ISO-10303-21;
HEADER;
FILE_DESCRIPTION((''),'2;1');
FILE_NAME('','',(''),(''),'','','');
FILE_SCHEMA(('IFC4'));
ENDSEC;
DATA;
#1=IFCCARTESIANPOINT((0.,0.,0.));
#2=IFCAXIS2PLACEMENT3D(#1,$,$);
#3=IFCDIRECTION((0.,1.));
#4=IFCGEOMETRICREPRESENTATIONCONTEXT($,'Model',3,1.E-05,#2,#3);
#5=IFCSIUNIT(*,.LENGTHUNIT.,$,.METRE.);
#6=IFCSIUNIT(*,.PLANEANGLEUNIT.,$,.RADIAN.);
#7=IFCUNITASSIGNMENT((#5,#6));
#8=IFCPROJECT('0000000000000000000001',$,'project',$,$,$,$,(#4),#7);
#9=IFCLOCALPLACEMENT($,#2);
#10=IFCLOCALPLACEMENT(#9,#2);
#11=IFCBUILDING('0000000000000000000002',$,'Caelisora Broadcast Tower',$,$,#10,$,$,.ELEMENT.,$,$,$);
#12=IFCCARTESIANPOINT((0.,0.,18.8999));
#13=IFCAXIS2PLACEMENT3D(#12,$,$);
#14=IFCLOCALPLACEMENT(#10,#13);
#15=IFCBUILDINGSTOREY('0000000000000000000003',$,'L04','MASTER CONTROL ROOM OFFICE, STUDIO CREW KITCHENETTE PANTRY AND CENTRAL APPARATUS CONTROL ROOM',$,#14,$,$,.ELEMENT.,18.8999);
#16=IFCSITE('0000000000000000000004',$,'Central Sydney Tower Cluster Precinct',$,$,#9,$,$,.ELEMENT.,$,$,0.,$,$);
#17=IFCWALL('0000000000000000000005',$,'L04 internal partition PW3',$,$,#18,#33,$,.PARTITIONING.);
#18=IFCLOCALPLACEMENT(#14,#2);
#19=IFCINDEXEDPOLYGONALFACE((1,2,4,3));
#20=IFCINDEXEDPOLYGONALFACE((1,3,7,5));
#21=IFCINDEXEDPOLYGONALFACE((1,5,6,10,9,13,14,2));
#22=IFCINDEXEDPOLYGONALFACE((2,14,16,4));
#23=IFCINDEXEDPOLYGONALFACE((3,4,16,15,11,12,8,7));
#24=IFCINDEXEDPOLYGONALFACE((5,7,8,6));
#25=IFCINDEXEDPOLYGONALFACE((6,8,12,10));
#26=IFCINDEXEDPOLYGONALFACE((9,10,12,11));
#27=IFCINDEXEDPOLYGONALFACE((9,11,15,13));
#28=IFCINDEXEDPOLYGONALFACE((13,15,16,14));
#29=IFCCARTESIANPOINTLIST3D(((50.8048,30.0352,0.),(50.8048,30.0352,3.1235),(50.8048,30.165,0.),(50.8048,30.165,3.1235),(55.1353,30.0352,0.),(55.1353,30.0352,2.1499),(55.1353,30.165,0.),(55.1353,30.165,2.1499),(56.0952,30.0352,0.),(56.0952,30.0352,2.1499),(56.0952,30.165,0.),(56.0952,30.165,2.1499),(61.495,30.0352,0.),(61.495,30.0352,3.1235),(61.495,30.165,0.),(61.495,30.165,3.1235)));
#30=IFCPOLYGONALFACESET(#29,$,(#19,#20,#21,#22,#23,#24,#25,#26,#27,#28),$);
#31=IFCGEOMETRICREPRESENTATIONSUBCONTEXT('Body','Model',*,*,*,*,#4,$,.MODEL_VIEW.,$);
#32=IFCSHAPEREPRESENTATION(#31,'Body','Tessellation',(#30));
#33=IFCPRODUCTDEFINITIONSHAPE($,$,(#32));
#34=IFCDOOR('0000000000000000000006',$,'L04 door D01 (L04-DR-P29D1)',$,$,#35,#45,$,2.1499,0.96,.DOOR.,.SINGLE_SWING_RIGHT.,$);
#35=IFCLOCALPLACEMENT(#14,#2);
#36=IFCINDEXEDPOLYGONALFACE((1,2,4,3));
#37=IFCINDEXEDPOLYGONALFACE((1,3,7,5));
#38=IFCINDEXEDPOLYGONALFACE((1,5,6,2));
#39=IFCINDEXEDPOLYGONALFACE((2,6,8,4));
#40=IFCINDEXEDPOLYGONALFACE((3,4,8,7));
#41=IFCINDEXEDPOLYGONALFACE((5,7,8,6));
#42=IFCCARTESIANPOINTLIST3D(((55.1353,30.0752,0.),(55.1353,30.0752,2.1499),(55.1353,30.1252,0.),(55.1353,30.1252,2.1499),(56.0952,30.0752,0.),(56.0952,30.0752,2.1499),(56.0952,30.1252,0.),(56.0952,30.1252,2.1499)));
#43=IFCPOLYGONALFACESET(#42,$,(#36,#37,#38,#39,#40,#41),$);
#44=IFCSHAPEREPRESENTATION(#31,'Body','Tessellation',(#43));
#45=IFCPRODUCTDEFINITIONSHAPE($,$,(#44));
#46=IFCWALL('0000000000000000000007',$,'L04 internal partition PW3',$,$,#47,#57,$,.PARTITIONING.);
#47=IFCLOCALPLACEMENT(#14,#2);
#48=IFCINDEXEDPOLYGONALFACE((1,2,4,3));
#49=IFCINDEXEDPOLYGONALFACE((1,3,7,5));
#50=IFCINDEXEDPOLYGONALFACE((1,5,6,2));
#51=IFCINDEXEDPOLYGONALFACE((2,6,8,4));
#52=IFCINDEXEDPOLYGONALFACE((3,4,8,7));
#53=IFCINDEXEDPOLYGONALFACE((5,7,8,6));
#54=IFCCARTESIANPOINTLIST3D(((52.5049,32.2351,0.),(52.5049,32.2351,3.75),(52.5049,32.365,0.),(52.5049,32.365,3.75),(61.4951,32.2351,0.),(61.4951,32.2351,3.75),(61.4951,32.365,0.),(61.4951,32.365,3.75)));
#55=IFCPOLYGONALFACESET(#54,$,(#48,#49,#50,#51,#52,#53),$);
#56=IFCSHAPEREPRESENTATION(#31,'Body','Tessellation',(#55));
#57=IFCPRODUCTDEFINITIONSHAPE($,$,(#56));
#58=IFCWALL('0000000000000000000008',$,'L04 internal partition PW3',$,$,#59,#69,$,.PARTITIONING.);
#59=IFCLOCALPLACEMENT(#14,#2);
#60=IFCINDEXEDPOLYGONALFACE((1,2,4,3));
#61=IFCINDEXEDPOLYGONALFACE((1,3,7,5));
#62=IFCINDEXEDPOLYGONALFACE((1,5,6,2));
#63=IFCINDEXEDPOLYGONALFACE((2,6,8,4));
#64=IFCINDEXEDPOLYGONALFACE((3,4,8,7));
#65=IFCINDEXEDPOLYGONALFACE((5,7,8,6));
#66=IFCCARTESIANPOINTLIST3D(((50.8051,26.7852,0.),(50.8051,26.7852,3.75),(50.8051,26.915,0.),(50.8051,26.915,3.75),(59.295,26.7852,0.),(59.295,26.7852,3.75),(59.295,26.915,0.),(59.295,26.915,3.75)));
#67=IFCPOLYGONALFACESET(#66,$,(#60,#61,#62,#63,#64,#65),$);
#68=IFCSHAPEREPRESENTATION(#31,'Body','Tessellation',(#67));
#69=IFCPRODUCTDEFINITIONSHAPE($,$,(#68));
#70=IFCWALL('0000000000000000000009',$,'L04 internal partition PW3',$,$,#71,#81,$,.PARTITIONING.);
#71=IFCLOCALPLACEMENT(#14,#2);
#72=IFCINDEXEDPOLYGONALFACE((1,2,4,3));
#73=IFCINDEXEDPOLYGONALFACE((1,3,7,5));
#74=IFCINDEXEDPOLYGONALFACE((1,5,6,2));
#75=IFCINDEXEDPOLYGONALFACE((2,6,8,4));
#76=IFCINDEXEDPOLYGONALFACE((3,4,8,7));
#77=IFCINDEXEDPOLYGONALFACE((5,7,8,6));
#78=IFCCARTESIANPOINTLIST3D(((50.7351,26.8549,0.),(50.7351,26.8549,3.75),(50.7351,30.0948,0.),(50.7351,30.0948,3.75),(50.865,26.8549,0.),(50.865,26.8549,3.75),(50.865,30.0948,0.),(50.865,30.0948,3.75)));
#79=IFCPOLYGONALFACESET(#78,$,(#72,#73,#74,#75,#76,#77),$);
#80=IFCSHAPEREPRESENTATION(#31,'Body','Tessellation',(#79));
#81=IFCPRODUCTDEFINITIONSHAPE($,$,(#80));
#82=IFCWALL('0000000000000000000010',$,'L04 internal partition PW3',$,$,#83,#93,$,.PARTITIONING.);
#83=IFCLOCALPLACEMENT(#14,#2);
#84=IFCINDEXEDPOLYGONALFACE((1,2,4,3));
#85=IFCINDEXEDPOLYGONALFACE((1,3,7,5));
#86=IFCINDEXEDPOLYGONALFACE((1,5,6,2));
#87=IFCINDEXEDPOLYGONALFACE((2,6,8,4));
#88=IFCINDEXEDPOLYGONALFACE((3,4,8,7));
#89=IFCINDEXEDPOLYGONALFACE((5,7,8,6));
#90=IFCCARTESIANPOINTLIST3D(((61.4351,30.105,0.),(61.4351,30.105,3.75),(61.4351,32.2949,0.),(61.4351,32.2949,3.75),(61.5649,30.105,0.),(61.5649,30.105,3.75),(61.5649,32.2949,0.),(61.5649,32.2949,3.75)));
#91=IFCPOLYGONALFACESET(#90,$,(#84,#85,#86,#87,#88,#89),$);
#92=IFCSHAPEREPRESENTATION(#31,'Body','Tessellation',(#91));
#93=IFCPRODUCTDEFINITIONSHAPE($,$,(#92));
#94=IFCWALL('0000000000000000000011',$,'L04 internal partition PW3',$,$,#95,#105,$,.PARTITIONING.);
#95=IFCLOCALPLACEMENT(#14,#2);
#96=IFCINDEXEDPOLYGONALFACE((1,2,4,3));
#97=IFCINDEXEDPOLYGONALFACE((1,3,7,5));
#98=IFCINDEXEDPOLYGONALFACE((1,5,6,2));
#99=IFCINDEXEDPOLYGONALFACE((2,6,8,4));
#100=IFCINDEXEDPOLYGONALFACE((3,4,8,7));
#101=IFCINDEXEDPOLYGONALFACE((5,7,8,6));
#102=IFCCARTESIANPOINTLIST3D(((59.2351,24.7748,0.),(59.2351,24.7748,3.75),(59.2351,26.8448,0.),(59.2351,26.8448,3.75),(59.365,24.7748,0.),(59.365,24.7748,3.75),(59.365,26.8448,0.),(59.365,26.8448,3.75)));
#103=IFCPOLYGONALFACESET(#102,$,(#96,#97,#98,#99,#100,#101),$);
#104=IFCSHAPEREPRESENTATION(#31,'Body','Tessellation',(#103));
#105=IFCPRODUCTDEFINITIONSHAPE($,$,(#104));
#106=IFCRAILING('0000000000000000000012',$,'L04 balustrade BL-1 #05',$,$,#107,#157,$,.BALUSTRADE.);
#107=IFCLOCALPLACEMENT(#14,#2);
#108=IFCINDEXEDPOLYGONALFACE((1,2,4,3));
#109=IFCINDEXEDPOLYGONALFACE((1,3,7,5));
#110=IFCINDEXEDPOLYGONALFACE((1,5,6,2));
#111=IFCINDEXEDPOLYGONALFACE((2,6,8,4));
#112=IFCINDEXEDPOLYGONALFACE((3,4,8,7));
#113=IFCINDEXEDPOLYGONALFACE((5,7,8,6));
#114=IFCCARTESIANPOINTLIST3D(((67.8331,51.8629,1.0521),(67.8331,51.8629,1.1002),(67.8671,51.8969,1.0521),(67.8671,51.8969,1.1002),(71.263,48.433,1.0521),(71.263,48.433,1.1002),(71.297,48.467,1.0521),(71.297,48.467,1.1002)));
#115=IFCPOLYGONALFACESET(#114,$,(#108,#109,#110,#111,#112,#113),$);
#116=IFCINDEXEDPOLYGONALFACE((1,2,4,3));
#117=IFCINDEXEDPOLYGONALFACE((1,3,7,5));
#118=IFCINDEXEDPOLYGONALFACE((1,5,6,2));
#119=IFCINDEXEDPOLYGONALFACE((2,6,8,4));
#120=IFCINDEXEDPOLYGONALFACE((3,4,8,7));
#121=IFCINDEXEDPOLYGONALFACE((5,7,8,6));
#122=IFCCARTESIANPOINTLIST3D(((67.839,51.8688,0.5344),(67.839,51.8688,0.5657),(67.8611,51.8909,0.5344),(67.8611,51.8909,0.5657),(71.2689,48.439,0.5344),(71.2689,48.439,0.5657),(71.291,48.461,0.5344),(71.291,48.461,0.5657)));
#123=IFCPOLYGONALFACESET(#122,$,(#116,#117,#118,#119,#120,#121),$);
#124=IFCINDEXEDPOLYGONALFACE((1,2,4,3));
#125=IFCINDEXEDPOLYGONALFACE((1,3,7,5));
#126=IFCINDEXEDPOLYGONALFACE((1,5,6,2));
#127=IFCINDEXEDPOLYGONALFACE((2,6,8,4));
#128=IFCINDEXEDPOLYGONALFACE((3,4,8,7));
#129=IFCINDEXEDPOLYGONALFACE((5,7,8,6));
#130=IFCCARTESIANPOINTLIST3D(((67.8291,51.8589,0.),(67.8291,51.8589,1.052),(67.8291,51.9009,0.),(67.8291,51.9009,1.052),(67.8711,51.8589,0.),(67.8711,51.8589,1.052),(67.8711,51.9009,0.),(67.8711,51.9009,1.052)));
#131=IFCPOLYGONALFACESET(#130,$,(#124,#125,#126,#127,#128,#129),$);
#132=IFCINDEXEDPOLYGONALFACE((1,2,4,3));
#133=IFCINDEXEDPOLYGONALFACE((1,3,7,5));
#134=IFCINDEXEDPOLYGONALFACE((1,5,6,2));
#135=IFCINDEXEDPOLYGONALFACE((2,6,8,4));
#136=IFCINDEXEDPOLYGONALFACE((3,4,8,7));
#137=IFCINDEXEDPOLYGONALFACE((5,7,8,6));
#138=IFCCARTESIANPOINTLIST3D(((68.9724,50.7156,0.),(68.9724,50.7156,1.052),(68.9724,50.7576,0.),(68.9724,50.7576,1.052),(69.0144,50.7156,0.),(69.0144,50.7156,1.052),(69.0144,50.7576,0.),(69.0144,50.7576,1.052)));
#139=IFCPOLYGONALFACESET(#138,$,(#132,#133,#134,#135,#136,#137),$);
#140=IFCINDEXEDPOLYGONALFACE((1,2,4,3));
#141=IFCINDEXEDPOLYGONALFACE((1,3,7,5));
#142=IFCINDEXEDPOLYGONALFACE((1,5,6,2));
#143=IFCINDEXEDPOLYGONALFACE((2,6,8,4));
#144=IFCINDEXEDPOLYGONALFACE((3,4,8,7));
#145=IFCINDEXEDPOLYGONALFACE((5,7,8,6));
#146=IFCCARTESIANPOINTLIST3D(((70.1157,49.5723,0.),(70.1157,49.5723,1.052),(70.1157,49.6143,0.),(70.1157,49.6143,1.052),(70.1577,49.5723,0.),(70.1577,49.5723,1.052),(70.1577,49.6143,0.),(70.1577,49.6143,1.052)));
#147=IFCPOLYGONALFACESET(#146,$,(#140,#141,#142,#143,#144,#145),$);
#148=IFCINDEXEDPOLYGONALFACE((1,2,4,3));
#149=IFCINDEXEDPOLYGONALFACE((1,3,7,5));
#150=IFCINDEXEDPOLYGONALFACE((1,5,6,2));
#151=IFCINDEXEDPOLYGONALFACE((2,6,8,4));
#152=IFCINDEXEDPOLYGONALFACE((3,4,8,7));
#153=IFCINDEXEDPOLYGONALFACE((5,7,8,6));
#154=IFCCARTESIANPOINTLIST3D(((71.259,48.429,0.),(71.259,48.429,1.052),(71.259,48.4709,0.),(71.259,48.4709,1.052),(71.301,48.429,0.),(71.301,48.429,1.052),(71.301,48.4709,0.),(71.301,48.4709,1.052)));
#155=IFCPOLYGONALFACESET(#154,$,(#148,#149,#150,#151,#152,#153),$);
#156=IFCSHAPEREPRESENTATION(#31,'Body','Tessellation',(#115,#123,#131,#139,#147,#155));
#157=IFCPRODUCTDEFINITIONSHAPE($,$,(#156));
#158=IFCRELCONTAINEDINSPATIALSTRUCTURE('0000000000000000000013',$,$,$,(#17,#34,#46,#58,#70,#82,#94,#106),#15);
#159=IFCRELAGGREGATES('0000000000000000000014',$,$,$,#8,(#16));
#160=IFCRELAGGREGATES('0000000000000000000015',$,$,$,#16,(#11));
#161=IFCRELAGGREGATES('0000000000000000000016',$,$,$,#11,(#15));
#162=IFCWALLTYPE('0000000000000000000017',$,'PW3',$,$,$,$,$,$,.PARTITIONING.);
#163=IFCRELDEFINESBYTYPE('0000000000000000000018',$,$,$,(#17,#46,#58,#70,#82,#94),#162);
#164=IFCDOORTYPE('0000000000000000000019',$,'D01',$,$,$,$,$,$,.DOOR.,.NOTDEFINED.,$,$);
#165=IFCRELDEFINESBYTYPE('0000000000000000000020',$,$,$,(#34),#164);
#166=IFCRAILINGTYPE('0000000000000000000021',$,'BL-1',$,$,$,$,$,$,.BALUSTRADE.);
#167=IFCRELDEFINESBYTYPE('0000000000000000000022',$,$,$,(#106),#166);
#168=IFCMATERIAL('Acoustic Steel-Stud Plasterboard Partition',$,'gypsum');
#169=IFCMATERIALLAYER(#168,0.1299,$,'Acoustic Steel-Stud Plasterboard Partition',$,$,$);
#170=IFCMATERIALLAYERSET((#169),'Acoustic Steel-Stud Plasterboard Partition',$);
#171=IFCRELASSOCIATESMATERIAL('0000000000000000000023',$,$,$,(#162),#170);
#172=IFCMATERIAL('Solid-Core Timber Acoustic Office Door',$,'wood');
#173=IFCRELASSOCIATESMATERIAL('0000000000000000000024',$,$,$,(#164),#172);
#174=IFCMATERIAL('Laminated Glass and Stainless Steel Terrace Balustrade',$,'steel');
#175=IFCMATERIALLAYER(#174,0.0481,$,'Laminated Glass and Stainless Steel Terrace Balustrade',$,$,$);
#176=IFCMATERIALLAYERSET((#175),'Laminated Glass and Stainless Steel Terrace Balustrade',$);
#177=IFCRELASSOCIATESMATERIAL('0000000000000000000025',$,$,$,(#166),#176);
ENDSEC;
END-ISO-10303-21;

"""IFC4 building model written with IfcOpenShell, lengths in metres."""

from ifc_helpers import new_model, si_unit, direction, frame, frame_2d, origin, origin_2d, place, context, subcontext, project, spatial, rectangle, extrude, material, layer, layer_set, type_object, element, fill, save


model = new_model("IFC4")

# Units and contexts
model_context = context("Model", 3, precision=1e-05, world=origin(), true_north=direction((0.0, 1.0)))
body_context = subcontext(model_context, "Body", "Model", "MODEL_VIEW")
ifc_project = project(units=[si_unit("LENGTHUNIT", "METRE"), si_unit("PLANEANGLEUNIT", "RADIAN")], contexts=[model_context])

# Site, building, storey
site_placement = place(None, origin())
site = spatial("IfcSite", under=ifc_project, at=site_placement, Name="Central Sydney Tower Cluster Precinct", CompositionType="ELEMENT", RefElevation=0.0)
building_placement = place(site_placement, origin())
building = spatial("IfcBuilding", under=site, at=building_placement, Name="Caelisora Broadcast Tower", CompositionType="ELEMENT")
storey_placement = place(building_placement, frame((0.0, 0.0, 18.8999)))
storey = spatial("IfcBuildingStorey", under=building, at=storey_placement, Name="L04", Description="MASTER CONTROL ROOM OFFICE, STUDIO CREW KITCHENETTE PANTRY AND CENTRAL APPARATUS CONTROL ROOM", CompositionType="ELEMENT", Elevation=18.8999)

# Shared definitions
ifc_material_1 = material(Name="Acoustic Steel-Stud Plasterboard Partition", Category="gypsum")
ifc_layer_1 = layer(ifc_material_1, 0.1299, Name="Acoustic Steel-Stud Plasterboard Partition")
ifc_layer_set_1 = layer_set([ifc_layer_1], Name="Acoustic Steel-Stud Plasterboard Partition")
wall_type_1 = type_object("IfcWallType", Name="PW3", PredefinedType="PARTITIONING", material=ifc_layer_set_1)

# Wall, opening, door
wall_1_placement = place(storey_placement, frame((61.4951, 30.1001, 0.0), z_axis=(0.0, 0.0, 1.0), x_axis=(-1.0, 0.0, 0.0)))
wall_1 = element("IfcWall", 1, at=wall_1_placement, inside=storey, type_object=wall_type_1, Name="L04 internal partition PW3", PredefinedType="PARTITIONING", context=body_context, shape_type="SweptSolid", body=[
    extrude(rectangle(XDim=10.6902, YDim=0.1299, at=frame_2d((5.3452, 0.0))), origin(), (0.0, 0.0, 1.0), 3.1235),
])
opening_1_placement = place(wall_1_placement, frame((5.3999, 0.0, 0.0)))
opening_1 = element("IfcOpeningElement", 2, at=opening_1_placement, cuts=wall_1, PredefinedType="OPENING", context=body_context, shape_type="SweptSolid", body=[
    extrude(rectangle(XDim=0.96, YDim=2.1499, at=frame_2d((0.48, 1.075))), frame((0.0, 0.0769, 0.0), z_axis=(0.0, -1.0, 0.0), x_axis=(1.0, 0.0, 0.0)), (0.0, 0.0, 1.0), 0.1538),
])
ifc_material_2 = material(Name="Solid-Core Timber Acoustic Office Door", Category="wood")
door_type_1 = type_object("IfcDoorType", Name="D01", OperationType="NOTDEFINED", PredefinedType="DOOR", material=ifc_material_2)
door_1_placement = place(opening_1_placement, origin())
door_1 = element("IfcDoor", 3, at=door_1_placement, inside=storey, type_object=door_type_1, Name="L04 door D01 (L04-DR-P29D1)", OperationType="SINGLE_SWING_RIGHT", OverallHeight=2.1499, OverallWidth=0.96, PredefinedType="DOOR", context=body_context, shape_type="SweptSolid", body=[
    extrude(rectangle(XDim=0.96, YDim=2.1499, at=frame_2d((0.48, 1.075))), frame((0.0, 0.0249, 0.0), z_axis=(0.0, -1.0, 0.0), x_axis=(1.0, 0.0, 0.0)), (0.0, 0.0, 1.0), 0.05),
])
fill(opening_1, door_1)

# Walls
wall_2_placement = place(storey_placement, frame((52.5049, 32.3, 0.0), z_axis=(0.0, 0.0, 1.0), x_axis=(1.0, 0.0, 0.0)))
element("IfcWall", 4, at=wall_2_placement, inside=storey, type_object=wall_type_1, Name="L04 internal partition PW3", PredefinedType="PARTITIONING", context=body_context, shape_type="SweptSolid", body=[
    extrude(rectangle(XDim=8.9902, YDim=0.1299, at=frame_2d((4.4951, 0.0))), origin(), (0.0, 0.0, 1.0), 3.75),
])
wall_3_placement = place(storey_placement, frame((50.8049, 26.8501, 0.0), z_axis=(0.0, 0.0, 1.0), x_axis=(1.0, 0.0, 0.0)))
element("IfcWall", 5, at=wall_3_placement, inside=storey, type_object=wall_type_1, Name="L04 internal partition PW3", PredefinedType="PARTITIONING", context=body_context, shape_type="SweptSolid", body=[
    extrude(rectangle(XDim=8.49, YDim=0.1299, at=frame_2d((4.2451, 0.0))), origin(), (0.0, 0.0, 1.0), 3.75),
])
wall_4_placement = place(storey_placement, frame((50.8, 30.095, 0.0), z_axis=(0.0, 0.0, 1.0), x_axis=(0.0, -1.0, 0.0)))
element("IfcWall", 6, at=wall_4_placement, inside=storey, type_object=wall_type_1, Name="L04 internal partition PW3", PredefinedType="PARTITIONING", context=body_context, shape_type="SweptSolid", body=[
    extrude(rectangle(XDim=3.24, YDim=0.1299, at=frame_2d((1.6201, 0.0))), origin(), (0.0, 0.0, 1.0), 3.75),
])
wall_5_placement = place(storey_placement, frame((61.5, 32.2949, 0.0), z_axis=(0.0, 0.0, 1.0), x_axis=(0.0, -1.0, 0.0)))
element("IfcWall", 7, at=wall_5_placement, inside=storey, type_object=wall_type_1, Name="L04 internal partition PW3", PredefinedType="PARTITIONING", context=body_context, shape_type="SweptSolid", body=[
    extrude(rectangle(XDim=2.1899, YDim=0.1299, at=frame_2d((1.095, 0.0))), origin(), (0.0, 0.0, 1.0), 3.75),
])
wall_6_placement = place(storey_placement, frame((59.3, 26.845, 0.0), z_axis=(0.0, 0.0, 1.0), x_axis=(0.0, -1.0, 0.0)))
element("IfcWall", 8, at=wall_6_placement, inside=storey, type_object=wall_type_1, Name="L04 internal partition PW3", PredefinedType="PARTITIONING", context=body_context, shape_type="SweptSolid", body=[
    extrude(rectangle(XDim=2.0701, YDim=0.1299, at=frame_2d((1.0352, 0.0))), origin(), (0.0, 0.0, 1.0), 3.75),
])

# Railing
ifc_material_3 = material(Name="Laminated Glass and Stainless Steel Terrace Balustrade", Category="steel")
ifc_layer_2 = layer(ifc_material_3, 0.0481, Name="Laminated Glass and Stainless Steel Terrace Balustrade")
ifc_layer_set_2 = layer_set([ifc_layer_2], Name="Laminated Glass and Stainless Steel Terrace Balustrade")
railing_type = type_object("IfcRailingType", Name="BL-1", PredefinedType="BALUSTRADE", material=ifc_layer_set_2)
railing_1_placement = place(storey_placement, frame((67.8501, 51.8799, 0.0)))
element("IfcRailing", 9, at=railing_1_placement, inside=storey, type_object=railing_type, Name="L04 balustrade BL-1 #05", PredefinedType="BALUSTRADE", context=body_context, shape_type="SweptSolid", body=[
    extrude(rectangle(XDim=0.0481, YDim=0.0481, at=origin_2d()), frame((0.0, 0.0, 1.0762), z_axis=(0.707107, -0.707107, 0.0), x_axis=(0.707107, 0.707107, 0.0)), (0.0, 0.0, 1.0), 4.8506),
    extrude(rectangle(XDim=0.0312, YDim=0.0312, at=origin_2d()), frame((0.0, 0.0, 0.55), z_axis=(0.707107, -0.707107, 0.0), x_axis=(0.707107, 0.707107, 0.0)), (0.0, 0.0, 1.0), 4.8506),
    extrude(rectangle(XDim=0.042, YDim=0.042, at=origin_2d()), origin(), (0.0, 0.0, 1.0), 1.052),
    extrude(rectangle(XDim=0.042, YDim=0.042, at=origin_2d()), frame((1.1433, -1.1433, 0.0)), (0.0, 0.0, 1.0), 1.052),
    extrude(rectangle(XDim=0.042, YDim=0.042, at=origin_2d()), frame((2.2866, -2.2866, 0.0)), (0.0, 0.0, 1.0), 1.052),
    extrude(rectangle(XDim=0.042, YDim=0.042, at=origin_2d()), frame((3.4299, -3.4299, 0.0)), (0.0, 0.0, 1.0), 1.052),
])

save(model, "model.ifc")
